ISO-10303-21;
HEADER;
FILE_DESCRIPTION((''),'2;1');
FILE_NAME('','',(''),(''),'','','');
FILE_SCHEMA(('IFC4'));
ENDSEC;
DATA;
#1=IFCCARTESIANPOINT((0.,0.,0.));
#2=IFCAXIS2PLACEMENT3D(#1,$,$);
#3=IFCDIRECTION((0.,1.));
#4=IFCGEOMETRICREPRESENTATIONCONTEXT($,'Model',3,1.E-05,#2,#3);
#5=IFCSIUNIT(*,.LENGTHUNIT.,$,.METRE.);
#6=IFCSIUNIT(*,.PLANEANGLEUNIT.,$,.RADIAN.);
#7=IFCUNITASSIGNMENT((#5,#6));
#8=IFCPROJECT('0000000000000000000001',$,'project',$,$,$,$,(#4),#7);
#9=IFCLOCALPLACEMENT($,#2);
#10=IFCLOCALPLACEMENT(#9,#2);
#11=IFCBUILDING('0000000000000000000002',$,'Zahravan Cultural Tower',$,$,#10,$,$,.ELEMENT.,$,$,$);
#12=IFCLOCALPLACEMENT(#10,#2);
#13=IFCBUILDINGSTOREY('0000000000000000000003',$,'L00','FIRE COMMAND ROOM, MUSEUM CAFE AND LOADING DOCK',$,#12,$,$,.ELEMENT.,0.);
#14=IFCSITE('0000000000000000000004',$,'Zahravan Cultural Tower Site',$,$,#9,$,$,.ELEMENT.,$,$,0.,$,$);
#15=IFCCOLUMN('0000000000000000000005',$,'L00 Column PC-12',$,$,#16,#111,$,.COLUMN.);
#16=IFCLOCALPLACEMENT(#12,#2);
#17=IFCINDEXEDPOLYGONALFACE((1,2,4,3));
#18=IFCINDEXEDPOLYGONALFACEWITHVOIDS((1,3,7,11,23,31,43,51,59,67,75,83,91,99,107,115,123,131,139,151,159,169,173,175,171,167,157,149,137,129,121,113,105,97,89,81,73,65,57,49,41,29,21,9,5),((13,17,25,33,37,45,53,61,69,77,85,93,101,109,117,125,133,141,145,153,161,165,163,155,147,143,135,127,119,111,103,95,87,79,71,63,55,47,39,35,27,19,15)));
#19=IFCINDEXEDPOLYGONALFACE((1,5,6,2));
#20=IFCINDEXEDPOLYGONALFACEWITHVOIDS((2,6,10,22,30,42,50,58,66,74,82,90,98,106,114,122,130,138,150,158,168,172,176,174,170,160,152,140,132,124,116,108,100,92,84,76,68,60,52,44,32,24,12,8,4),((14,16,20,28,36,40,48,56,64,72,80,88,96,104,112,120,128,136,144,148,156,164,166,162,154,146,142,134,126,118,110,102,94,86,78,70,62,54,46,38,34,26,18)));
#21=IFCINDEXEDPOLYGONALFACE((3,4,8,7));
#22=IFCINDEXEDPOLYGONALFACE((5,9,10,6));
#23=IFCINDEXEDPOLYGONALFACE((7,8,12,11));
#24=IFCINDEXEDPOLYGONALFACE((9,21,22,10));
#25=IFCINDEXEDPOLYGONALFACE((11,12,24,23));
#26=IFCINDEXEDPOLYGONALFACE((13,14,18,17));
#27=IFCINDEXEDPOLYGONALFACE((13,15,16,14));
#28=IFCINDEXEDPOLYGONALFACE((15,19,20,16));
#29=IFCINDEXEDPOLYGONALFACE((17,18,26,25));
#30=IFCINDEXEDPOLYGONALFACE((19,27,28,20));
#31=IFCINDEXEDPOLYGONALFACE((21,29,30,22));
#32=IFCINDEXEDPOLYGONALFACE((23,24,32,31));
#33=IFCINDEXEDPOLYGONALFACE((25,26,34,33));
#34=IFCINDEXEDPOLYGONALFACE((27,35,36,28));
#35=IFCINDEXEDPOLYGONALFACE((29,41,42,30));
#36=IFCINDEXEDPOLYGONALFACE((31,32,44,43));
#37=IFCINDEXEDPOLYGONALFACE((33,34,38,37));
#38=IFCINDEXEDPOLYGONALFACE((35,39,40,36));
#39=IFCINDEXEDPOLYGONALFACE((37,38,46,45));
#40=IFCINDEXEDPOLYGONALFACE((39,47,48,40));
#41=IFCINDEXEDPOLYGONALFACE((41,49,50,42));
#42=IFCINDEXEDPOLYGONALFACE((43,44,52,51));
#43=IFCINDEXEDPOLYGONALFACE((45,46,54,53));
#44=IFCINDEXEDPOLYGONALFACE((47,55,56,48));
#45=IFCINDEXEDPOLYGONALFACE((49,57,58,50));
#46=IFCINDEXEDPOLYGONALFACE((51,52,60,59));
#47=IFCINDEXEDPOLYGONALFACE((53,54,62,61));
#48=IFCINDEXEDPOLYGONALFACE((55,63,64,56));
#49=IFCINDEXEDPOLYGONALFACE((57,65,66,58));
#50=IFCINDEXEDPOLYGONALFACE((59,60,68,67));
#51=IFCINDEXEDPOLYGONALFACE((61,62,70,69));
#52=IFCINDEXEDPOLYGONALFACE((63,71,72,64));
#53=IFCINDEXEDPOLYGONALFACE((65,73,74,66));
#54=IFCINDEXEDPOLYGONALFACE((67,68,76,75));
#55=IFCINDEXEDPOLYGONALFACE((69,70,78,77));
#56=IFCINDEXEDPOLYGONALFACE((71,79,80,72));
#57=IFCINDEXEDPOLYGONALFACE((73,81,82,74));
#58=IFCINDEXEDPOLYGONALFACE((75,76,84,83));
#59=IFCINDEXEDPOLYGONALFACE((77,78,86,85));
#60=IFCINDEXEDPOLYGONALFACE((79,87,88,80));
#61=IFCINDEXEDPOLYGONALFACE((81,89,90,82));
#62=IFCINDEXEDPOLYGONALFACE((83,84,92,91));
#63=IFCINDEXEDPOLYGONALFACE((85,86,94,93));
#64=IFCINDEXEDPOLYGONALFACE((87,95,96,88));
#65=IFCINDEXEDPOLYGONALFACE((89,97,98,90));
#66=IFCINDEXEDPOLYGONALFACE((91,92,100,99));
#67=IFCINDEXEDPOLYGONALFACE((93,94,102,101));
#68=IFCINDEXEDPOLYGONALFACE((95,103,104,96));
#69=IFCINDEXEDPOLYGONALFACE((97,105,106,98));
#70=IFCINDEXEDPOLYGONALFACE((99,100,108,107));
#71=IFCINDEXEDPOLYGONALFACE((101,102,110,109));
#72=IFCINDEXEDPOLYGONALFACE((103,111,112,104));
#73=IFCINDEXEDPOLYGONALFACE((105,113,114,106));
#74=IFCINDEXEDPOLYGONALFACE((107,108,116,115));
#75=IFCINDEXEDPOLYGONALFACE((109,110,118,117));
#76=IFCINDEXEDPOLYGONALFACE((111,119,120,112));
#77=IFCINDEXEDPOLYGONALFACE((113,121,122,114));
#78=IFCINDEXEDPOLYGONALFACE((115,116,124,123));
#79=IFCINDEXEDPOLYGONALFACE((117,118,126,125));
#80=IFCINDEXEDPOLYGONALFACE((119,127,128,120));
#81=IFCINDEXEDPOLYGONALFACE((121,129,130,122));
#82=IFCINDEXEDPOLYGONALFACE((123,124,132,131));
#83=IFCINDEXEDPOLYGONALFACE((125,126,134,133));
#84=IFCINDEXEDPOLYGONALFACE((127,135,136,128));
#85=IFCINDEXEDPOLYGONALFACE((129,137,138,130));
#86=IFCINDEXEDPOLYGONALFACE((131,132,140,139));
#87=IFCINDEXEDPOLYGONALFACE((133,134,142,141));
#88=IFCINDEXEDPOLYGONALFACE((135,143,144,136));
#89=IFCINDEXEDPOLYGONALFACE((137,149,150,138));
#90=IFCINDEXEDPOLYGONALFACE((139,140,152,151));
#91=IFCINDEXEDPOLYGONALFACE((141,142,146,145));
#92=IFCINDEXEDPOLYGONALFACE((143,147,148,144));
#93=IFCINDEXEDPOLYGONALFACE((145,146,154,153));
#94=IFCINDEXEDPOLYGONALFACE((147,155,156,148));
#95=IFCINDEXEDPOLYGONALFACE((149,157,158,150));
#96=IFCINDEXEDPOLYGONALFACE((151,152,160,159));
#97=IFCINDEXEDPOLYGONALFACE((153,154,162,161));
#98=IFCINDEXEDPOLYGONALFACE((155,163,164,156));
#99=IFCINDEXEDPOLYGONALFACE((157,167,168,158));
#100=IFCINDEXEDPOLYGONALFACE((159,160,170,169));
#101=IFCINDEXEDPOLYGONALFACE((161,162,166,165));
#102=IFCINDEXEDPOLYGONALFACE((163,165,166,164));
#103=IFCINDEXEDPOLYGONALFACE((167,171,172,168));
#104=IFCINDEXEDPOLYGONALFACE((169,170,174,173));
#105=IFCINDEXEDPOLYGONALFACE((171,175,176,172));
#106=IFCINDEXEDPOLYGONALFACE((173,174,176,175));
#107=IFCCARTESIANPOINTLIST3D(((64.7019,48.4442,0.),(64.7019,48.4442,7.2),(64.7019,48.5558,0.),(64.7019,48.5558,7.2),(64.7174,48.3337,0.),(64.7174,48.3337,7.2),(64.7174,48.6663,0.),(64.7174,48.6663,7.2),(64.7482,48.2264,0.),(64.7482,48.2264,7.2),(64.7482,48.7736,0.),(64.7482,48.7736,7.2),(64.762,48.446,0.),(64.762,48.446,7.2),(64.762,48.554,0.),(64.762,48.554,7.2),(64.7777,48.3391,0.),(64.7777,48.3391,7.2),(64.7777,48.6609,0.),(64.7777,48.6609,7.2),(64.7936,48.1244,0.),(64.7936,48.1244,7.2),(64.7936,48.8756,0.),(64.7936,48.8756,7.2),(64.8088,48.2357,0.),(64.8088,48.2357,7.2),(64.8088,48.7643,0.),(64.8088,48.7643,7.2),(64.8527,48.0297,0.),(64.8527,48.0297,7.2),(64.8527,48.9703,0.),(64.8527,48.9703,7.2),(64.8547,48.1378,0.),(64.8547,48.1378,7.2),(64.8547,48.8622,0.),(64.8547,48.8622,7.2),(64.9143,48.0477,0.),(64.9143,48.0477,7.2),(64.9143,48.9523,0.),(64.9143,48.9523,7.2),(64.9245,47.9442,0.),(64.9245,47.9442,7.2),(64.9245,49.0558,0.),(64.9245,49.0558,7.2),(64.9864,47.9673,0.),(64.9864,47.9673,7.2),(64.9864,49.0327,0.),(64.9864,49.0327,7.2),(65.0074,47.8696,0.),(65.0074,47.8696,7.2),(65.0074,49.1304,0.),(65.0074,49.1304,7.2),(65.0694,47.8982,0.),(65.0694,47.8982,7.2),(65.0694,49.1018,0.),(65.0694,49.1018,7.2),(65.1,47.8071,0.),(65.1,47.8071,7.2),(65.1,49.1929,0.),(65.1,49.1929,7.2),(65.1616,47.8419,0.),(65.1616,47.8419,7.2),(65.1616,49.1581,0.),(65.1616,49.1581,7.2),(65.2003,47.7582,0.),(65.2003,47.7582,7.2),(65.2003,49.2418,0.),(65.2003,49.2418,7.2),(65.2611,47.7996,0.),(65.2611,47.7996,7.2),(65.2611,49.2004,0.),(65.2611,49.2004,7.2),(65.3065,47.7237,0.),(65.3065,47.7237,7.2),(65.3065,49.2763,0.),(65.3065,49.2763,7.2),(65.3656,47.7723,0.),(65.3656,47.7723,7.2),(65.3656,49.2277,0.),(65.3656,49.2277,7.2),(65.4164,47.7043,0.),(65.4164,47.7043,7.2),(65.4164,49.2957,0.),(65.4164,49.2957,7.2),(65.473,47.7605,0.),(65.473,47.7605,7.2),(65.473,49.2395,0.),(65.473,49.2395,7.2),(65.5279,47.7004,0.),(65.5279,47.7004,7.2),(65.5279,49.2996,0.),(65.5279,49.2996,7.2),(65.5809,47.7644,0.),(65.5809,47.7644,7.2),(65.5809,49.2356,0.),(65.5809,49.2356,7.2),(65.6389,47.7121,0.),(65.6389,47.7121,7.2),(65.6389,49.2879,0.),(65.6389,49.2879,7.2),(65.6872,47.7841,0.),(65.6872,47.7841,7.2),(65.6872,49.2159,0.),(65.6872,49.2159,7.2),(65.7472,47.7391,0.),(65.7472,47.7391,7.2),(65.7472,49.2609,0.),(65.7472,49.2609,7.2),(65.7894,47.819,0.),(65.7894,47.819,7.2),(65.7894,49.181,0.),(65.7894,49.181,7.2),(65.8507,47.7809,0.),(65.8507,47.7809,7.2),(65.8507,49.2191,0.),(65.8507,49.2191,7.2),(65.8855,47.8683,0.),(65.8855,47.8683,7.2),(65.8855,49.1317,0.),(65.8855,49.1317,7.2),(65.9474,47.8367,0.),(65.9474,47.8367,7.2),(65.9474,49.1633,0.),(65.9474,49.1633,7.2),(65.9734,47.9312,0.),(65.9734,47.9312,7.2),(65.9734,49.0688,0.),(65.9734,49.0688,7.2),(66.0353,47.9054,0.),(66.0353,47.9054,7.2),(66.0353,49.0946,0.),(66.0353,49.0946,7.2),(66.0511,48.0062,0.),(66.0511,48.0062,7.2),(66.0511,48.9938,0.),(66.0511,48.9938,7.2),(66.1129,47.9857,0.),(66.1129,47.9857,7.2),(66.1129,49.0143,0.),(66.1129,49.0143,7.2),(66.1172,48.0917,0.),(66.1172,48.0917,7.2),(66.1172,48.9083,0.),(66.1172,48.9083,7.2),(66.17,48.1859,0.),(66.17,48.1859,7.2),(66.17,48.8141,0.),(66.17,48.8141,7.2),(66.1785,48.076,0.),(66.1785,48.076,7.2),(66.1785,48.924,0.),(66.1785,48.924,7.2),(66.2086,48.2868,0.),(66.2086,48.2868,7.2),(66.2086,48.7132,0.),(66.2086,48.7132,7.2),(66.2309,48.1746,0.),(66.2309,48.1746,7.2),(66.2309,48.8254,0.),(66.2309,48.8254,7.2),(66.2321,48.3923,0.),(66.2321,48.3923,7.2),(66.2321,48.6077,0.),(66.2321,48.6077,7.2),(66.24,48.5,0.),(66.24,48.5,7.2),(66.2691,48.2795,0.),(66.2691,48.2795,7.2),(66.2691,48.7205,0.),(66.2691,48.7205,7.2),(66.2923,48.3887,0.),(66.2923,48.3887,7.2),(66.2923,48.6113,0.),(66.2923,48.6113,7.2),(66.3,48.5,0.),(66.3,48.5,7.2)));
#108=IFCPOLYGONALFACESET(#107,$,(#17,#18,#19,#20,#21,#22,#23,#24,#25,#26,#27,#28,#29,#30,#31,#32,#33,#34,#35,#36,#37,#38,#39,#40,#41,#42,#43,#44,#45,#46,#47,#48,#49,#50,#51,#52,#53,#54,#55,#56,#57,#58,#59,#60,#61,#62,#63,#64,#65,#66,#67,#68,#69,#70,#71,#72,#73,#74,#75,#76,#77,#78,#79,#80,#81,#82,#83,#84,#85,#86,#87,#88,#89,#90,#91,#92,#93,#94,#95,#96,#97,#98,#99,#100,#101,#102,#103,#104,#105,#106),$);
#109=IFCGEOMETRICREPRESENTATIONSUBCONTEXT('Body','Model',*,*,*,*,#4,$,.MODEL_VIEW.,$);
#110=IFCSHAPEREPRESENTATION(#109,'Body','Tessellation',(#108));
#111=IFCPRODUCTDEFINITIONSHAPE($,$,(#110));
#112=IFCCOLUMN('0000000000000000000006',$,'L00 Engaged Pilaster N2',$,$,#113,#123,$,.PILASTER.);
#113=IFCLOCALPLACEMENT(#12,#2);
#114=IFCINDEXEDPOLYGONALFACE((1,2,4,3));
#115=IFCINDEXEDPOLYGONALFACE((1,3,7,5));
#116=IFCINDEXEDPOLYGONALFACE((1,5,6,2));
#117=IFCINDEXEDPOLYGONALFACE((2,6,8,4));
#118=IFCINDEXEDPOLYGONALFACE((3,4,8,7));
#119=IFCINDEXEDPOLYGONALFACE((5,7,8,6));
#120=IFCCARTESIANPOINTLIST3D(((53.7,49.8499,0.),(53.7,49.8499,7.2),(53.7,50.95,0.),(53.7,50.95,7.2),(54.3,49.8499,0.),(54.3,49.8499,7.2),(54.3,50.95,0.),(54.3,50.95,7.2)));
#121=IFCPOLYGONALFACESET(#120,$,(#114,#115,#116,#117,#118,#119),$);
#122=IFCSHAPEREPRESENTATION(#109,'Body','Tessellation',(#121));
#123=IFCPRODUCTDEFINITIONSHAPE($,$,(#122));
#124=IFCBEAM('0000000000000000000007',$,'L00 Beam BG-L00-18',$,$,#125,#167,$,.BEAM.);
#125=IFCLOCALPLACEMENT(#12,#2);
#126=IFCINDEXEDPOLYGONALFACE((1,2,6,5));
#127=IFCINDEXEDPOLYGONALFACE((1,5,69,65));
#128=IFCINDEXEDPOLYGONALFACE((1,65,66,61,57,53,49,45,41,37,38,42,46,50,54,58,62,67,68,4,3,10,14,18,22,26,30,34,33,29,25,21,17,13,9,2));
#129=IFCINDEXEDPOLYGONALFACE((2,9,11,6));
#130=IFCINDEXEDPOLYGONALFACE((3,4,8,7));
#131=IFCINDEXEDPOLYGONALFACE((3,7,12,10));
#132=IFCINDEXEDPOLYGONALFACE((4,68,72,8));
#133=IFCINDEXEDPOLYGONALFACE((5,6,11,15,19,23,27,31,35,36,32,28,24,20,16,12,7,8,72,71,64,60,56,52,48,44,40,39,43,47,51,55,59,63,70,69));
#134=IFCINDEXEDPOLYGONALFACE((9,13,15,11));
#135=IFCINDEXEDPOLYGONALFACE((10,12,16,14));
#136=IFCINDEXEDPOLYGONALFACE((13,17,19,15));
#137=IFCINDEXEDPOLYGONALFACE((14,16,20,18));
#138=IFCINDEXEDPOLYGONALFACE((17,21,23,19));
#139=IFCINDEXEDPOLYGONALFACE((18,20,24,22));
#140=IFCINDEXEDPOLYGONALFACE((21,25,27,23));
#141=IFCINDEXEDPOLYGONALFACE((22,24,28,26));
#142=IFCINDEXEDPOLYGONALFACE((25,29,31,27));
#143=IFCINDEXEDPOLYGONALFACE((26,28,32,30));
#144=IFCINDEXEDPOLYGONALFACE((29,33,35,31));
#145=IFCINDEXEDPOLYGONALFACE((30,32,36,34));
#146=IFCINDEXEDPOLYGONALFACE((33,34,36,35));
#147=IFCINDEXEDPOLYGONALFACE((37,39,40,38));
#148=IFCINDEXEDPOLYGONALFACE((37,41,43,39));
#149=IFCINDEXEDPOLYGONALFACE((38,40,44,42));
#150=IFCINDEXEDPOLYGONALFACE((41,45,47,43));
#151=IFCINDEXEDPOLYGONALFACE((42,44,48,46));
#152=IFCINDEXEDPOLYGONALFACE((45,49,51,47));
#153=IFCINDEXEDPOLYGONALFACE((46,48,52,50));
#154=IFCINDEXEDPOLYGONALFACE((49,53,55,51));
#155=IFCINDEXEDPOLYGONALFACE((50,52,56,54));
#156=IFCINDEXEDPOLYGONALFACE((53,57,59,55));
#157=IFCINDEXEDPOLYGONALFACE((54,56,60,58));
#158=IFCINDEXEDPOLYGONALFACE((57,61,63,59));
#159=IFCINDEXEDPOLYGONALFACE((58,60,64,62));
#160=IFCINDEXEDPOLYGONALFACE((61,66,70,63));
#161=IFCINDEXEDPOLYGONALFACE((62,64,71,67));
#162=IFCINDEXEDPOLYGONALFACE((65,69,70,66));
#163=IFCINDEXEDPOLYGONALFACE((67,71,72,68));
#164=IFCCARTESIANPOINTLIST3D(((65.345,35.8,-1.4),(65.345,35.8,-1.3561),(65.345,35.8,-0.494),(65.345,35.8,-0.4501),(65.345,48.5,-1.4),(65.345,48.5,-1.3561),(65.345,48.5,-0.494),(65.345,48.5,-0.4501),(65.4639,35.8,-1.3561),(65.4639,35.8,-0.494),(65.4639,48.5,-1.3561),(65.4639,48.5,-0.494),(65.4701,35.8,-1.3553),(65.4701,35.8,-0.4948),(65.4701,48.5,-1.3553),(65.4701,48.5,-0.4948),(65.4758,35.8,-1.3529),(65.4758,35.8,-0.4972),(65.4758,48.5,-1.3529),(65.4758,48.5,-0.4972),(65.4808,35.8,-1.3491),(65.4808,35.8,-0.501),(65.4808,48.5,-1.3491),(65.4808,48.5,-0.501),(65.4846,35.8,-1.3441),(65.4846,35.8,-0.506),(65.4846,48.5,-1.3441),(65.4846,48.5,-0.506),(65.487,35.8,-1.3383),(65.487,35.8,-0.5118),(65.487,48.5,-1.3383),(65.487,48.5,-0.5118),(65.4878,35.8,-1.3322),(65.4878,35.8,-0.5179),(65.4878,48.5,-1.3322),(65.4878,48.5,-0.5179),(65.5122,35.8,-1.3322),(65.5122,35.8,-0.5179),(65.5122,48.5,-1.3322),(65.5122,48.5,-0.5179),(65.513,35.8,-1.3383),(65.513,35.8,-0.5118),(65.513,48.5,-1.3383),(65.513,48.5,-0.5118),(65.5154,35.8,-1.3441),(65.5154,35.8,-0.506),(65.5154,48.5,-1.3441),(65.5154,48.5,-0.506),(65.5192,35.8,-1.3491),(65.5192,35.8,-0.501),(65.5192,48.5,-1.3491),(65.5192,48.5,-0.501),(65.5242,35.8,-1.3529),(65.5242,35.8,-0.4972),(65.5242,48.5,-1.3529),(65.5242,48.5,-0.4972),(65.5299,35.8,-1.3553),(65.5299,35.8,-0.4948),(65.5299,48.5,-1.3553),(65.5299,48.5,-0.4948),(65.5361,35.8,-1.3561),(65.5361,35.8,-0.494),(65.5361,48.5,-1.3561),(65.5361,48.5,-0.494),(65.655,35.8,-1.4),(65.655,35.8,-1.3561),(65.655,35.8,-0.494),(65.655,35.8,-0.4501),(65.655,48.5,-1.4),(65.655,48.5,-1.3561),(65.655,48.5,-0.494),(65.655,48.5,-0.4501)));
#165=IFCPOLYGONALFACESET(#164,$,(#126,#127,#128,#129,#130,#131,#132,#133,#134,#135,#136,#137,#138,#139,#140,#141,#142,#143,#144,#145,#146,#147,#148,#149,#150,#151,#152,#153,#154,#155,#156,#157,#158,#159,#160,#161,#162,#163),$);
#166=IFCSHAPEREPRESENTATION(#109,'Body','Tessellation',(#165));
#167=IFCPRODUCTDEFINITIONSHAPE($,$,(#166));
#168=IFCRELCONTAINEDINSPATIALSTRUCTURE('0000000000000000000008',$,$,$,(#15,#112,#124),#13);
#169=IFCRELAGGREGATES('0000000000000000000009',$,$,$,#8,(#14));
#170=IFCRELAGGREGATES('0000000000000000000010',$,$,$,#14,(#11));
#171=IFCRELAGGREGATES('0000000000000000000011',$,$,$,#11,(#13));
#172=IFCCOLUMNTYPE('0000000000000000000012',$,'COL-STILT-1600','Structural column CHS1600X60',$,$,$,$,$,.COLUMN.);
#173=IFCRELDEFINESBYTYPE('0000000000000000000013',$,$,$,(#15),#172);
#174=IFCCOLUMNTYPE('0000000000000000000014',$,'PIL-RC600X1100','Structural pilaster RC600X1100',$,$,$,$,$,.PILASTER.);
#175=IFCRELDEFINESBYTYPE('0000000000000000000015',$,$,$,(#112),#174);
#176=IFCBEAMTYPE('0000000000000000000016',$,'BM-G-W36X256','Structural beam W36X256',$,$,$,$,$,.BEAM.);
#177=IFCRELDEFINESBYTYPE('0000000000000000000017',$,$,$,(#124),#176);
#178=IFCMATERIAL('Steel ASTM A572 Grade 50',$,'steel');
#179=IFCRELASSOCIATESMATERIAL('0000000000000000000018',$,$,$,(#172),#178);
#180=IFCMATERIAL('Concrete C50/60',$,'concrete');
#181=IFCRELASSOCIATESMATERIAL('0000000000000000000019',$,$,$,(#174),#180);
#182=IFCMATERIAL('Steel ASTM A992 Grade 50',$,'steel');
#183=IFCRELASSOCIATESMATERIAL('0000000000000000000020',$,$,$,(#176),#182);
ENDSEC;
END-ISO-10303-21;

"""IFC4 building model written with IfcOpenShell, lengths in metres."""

from ifc_helpers import new_model, si_unit, direction, frame, origin, origin_2d, place, context, subcontext, project, spatial, rectangle, hollow_circle, i_section, extrude, source, transform, mapped, material, material_profile, profile_set, type_object, element, save


model = new_model("IFC4")

# Units and contexts
model_context = context("Model", 3, precision=1e-05, world=origin(), true_north=direction((0.0, 1.0)))
body_context = subcontext(model_context, "Body", "Model", "MODEL_VIEW")
ifc_project = project(units=[si_unit("LENGTHUNIT", "METRE"), si_unit("PLANEANGLEUNIT", "RADIAN")], contexts=[model_context])

# Site, building, storey
site_placement = place(None, origin())
site = spatial("IfcSite", under=ifc_project, at=site_placement, Name="Zahravan Cultural Tower Site", CompositionType="ELEMENT", RefElevation=0.0)
building_placement = place(site_placement, origin())
building = spatial("IfcBuilding", under=site, at=building_placement, Name="Zahravan Cultural Tower", CompositionType="ELEMENT")
storey_placement = place(building_placement, origin())
storey = spatial("IfcBuildingStorey", under=building, at=storey_placement, Name="L00", Description="FIRE COMMAND ROOM, MUSEUM CAFE AND LOADING DOCK", CompositionType="ELEMENT", Elevation=0.0)

# Columns
ifc_material_1 = material(Name="Steel ASTM A572 Grade 50", Category="steel")
ifc_material_profile_1 = material_profile(ifc_material_1, hollow_circle(Radius=0.8, WallThickness=0.0601, at=origin_2d()), Name="CHS1600X60")
ifc_profile_set_1 = profile_set([ifc_material_profile_1], Name="Steel ASTM A572 Grade 50")
column_type_1 = type_object("IfcColumnType", Name="COL-STILT-1600", Description="Structural column CHS1600X60", PredefinedType="COLUMN", material=ifc_profile_set_1)
shared_shape_1 = source(origin(), body_context, "Body", "SweptSolid", [
    extrude(hollow_circle(Radius=0.8, WallThickness=0.0601, at=origin_2d()), origin(), (0.0, 0.0, 1.0), 7.2),
])
for number, where, z_axis, x_axis, name in (
    (1, (65.5, 48.5, 0.0), (0.0, 0.0, 1.0), (1.0, 0.0, 0.0), "L00 Column PC-12"),
):
    element("IfcColumn", number, at=place(storey_placement, frame(where, z_axis=z_axis, x_axis=x_axis)), inside=storey, type_object=column_type_1, Name=name, PredefinedType="COLUMN", context=body_context, shape_type="MappedRepresentation", body=[
        mapped(shared_shape_1, transform((0.0, 0.0, 0.0), x_axis=(1.0, 0.0, 0.0), y_axis=(0.0, 1.0, 0.0), z_axis=(0.0, 0.0, 1.0), scale=1.0)),
    ])
ifc_material_2 = material(Name="Concrete C50/60", Category="concrete")
ifc_material_profile_2 = material_profile(ifc_material_2, rectangle(XDim=0.6001, YDim=1.1001, at=origin_2d()), Name="RC600X1100")
ifc_profile_set_2 = profile_set([ifc_material_profile_2], Name="Concrete C50/60")
column_type_2 = type_object("IfcColumnType", Name="PIL-RC600X1100", Description="Structural pilaster RC600X1100", PredefinedType="PILASTER", material=ifc_profile_set_2)
shared_shape_2 = source(origin(), body_context, "Body", "SweptSolid", [
    extrude(rectangle(XDim=0.6001, YDim=1.1001, at=origin_2d()), origin(), (0.0, 0.0, 1.0), 7.2),
])
column_1_placement = place(storey_placement, frame((54.0, 50.3999, 0.0), z_axis=(0.0, 0.0, 1.0), x_axis=(1.0, 0.0, 0.0)))
element("IfcColumn", 2, at=column_1_placement, inside=storey, type_object=column_type_2, Name="L00 Engaged Pilaster N2", PredefinedType="PILASTER", context=body_context, shape_type="MappedRepresentation", body=[
    mapped(shared_shape_2, transform((0.0, 0.0, 0.0), x_axis=(1.0, 0.0, 0.0), y_axis=(0.0, 1.0, 0.0), z_axis=(0.0, 0.0, 1.0), scale=1.0)),
])

# Beam
ifc_material_3 = material(Name="Steel ASTM A992 Grade 50", Category="steel")
ifc_material_profile_3 = material_profile(ifc_material_3, i_section(OverallWidth=0.3101, OverallDepth=0.95, WebThickness=0.0244, FlangeThickness=0.0439, FilletRadius=0.0239, at=origin_2d()), Name="W36X256")
ifc_profile_set_3 = profile_set([ifc_material_profile_3], Name="Steel ASTM A992 Grade 50")
beam_type_1 = type_object("IfcBeamType", Name="BM-G-W36X256", Description="Structural beam W36X256", PredefinedType="BEAM", material=ifc_profile_set_3)
shared_shape_3 = source(origin(), body_context, "Body", "SweptSolid", [
    extrude(i_section(OverallWidth=0.3101, OverallDepth=0.95, WebThickness=0.0244, FlangeThickness=0.0439, FilletRadius=0.0239, at=origin_2d()), origin(), (0.0, 0.0, 1.0), 12.7),
])
beam_1_placement = place(storey_placement, frame((65.5, 35.8, -0.925), z_axis=(0.0, 1.0, 0.0), x_axis=(-1.0, 0.0, 0.0)))
element("IfcBeam", 3, at=beam_1_placement, inside=storey, type_object=beam_type_1, Name="L00 Beam BG-L00-18", PredefinedType="BEAM", context=body_context, shape_type="MappedRepresentation", body=[
    mapped(shared_shape_3, transform((0.0, 0.0, 0.0), x_axis=(1.0, 0.0, 0.0), y_axis=(0.0, 1.0, 0.0), z_axis=(0.0, 0.0, 1.0), scale=1.0)),
])

save(model, "model.ifc")
